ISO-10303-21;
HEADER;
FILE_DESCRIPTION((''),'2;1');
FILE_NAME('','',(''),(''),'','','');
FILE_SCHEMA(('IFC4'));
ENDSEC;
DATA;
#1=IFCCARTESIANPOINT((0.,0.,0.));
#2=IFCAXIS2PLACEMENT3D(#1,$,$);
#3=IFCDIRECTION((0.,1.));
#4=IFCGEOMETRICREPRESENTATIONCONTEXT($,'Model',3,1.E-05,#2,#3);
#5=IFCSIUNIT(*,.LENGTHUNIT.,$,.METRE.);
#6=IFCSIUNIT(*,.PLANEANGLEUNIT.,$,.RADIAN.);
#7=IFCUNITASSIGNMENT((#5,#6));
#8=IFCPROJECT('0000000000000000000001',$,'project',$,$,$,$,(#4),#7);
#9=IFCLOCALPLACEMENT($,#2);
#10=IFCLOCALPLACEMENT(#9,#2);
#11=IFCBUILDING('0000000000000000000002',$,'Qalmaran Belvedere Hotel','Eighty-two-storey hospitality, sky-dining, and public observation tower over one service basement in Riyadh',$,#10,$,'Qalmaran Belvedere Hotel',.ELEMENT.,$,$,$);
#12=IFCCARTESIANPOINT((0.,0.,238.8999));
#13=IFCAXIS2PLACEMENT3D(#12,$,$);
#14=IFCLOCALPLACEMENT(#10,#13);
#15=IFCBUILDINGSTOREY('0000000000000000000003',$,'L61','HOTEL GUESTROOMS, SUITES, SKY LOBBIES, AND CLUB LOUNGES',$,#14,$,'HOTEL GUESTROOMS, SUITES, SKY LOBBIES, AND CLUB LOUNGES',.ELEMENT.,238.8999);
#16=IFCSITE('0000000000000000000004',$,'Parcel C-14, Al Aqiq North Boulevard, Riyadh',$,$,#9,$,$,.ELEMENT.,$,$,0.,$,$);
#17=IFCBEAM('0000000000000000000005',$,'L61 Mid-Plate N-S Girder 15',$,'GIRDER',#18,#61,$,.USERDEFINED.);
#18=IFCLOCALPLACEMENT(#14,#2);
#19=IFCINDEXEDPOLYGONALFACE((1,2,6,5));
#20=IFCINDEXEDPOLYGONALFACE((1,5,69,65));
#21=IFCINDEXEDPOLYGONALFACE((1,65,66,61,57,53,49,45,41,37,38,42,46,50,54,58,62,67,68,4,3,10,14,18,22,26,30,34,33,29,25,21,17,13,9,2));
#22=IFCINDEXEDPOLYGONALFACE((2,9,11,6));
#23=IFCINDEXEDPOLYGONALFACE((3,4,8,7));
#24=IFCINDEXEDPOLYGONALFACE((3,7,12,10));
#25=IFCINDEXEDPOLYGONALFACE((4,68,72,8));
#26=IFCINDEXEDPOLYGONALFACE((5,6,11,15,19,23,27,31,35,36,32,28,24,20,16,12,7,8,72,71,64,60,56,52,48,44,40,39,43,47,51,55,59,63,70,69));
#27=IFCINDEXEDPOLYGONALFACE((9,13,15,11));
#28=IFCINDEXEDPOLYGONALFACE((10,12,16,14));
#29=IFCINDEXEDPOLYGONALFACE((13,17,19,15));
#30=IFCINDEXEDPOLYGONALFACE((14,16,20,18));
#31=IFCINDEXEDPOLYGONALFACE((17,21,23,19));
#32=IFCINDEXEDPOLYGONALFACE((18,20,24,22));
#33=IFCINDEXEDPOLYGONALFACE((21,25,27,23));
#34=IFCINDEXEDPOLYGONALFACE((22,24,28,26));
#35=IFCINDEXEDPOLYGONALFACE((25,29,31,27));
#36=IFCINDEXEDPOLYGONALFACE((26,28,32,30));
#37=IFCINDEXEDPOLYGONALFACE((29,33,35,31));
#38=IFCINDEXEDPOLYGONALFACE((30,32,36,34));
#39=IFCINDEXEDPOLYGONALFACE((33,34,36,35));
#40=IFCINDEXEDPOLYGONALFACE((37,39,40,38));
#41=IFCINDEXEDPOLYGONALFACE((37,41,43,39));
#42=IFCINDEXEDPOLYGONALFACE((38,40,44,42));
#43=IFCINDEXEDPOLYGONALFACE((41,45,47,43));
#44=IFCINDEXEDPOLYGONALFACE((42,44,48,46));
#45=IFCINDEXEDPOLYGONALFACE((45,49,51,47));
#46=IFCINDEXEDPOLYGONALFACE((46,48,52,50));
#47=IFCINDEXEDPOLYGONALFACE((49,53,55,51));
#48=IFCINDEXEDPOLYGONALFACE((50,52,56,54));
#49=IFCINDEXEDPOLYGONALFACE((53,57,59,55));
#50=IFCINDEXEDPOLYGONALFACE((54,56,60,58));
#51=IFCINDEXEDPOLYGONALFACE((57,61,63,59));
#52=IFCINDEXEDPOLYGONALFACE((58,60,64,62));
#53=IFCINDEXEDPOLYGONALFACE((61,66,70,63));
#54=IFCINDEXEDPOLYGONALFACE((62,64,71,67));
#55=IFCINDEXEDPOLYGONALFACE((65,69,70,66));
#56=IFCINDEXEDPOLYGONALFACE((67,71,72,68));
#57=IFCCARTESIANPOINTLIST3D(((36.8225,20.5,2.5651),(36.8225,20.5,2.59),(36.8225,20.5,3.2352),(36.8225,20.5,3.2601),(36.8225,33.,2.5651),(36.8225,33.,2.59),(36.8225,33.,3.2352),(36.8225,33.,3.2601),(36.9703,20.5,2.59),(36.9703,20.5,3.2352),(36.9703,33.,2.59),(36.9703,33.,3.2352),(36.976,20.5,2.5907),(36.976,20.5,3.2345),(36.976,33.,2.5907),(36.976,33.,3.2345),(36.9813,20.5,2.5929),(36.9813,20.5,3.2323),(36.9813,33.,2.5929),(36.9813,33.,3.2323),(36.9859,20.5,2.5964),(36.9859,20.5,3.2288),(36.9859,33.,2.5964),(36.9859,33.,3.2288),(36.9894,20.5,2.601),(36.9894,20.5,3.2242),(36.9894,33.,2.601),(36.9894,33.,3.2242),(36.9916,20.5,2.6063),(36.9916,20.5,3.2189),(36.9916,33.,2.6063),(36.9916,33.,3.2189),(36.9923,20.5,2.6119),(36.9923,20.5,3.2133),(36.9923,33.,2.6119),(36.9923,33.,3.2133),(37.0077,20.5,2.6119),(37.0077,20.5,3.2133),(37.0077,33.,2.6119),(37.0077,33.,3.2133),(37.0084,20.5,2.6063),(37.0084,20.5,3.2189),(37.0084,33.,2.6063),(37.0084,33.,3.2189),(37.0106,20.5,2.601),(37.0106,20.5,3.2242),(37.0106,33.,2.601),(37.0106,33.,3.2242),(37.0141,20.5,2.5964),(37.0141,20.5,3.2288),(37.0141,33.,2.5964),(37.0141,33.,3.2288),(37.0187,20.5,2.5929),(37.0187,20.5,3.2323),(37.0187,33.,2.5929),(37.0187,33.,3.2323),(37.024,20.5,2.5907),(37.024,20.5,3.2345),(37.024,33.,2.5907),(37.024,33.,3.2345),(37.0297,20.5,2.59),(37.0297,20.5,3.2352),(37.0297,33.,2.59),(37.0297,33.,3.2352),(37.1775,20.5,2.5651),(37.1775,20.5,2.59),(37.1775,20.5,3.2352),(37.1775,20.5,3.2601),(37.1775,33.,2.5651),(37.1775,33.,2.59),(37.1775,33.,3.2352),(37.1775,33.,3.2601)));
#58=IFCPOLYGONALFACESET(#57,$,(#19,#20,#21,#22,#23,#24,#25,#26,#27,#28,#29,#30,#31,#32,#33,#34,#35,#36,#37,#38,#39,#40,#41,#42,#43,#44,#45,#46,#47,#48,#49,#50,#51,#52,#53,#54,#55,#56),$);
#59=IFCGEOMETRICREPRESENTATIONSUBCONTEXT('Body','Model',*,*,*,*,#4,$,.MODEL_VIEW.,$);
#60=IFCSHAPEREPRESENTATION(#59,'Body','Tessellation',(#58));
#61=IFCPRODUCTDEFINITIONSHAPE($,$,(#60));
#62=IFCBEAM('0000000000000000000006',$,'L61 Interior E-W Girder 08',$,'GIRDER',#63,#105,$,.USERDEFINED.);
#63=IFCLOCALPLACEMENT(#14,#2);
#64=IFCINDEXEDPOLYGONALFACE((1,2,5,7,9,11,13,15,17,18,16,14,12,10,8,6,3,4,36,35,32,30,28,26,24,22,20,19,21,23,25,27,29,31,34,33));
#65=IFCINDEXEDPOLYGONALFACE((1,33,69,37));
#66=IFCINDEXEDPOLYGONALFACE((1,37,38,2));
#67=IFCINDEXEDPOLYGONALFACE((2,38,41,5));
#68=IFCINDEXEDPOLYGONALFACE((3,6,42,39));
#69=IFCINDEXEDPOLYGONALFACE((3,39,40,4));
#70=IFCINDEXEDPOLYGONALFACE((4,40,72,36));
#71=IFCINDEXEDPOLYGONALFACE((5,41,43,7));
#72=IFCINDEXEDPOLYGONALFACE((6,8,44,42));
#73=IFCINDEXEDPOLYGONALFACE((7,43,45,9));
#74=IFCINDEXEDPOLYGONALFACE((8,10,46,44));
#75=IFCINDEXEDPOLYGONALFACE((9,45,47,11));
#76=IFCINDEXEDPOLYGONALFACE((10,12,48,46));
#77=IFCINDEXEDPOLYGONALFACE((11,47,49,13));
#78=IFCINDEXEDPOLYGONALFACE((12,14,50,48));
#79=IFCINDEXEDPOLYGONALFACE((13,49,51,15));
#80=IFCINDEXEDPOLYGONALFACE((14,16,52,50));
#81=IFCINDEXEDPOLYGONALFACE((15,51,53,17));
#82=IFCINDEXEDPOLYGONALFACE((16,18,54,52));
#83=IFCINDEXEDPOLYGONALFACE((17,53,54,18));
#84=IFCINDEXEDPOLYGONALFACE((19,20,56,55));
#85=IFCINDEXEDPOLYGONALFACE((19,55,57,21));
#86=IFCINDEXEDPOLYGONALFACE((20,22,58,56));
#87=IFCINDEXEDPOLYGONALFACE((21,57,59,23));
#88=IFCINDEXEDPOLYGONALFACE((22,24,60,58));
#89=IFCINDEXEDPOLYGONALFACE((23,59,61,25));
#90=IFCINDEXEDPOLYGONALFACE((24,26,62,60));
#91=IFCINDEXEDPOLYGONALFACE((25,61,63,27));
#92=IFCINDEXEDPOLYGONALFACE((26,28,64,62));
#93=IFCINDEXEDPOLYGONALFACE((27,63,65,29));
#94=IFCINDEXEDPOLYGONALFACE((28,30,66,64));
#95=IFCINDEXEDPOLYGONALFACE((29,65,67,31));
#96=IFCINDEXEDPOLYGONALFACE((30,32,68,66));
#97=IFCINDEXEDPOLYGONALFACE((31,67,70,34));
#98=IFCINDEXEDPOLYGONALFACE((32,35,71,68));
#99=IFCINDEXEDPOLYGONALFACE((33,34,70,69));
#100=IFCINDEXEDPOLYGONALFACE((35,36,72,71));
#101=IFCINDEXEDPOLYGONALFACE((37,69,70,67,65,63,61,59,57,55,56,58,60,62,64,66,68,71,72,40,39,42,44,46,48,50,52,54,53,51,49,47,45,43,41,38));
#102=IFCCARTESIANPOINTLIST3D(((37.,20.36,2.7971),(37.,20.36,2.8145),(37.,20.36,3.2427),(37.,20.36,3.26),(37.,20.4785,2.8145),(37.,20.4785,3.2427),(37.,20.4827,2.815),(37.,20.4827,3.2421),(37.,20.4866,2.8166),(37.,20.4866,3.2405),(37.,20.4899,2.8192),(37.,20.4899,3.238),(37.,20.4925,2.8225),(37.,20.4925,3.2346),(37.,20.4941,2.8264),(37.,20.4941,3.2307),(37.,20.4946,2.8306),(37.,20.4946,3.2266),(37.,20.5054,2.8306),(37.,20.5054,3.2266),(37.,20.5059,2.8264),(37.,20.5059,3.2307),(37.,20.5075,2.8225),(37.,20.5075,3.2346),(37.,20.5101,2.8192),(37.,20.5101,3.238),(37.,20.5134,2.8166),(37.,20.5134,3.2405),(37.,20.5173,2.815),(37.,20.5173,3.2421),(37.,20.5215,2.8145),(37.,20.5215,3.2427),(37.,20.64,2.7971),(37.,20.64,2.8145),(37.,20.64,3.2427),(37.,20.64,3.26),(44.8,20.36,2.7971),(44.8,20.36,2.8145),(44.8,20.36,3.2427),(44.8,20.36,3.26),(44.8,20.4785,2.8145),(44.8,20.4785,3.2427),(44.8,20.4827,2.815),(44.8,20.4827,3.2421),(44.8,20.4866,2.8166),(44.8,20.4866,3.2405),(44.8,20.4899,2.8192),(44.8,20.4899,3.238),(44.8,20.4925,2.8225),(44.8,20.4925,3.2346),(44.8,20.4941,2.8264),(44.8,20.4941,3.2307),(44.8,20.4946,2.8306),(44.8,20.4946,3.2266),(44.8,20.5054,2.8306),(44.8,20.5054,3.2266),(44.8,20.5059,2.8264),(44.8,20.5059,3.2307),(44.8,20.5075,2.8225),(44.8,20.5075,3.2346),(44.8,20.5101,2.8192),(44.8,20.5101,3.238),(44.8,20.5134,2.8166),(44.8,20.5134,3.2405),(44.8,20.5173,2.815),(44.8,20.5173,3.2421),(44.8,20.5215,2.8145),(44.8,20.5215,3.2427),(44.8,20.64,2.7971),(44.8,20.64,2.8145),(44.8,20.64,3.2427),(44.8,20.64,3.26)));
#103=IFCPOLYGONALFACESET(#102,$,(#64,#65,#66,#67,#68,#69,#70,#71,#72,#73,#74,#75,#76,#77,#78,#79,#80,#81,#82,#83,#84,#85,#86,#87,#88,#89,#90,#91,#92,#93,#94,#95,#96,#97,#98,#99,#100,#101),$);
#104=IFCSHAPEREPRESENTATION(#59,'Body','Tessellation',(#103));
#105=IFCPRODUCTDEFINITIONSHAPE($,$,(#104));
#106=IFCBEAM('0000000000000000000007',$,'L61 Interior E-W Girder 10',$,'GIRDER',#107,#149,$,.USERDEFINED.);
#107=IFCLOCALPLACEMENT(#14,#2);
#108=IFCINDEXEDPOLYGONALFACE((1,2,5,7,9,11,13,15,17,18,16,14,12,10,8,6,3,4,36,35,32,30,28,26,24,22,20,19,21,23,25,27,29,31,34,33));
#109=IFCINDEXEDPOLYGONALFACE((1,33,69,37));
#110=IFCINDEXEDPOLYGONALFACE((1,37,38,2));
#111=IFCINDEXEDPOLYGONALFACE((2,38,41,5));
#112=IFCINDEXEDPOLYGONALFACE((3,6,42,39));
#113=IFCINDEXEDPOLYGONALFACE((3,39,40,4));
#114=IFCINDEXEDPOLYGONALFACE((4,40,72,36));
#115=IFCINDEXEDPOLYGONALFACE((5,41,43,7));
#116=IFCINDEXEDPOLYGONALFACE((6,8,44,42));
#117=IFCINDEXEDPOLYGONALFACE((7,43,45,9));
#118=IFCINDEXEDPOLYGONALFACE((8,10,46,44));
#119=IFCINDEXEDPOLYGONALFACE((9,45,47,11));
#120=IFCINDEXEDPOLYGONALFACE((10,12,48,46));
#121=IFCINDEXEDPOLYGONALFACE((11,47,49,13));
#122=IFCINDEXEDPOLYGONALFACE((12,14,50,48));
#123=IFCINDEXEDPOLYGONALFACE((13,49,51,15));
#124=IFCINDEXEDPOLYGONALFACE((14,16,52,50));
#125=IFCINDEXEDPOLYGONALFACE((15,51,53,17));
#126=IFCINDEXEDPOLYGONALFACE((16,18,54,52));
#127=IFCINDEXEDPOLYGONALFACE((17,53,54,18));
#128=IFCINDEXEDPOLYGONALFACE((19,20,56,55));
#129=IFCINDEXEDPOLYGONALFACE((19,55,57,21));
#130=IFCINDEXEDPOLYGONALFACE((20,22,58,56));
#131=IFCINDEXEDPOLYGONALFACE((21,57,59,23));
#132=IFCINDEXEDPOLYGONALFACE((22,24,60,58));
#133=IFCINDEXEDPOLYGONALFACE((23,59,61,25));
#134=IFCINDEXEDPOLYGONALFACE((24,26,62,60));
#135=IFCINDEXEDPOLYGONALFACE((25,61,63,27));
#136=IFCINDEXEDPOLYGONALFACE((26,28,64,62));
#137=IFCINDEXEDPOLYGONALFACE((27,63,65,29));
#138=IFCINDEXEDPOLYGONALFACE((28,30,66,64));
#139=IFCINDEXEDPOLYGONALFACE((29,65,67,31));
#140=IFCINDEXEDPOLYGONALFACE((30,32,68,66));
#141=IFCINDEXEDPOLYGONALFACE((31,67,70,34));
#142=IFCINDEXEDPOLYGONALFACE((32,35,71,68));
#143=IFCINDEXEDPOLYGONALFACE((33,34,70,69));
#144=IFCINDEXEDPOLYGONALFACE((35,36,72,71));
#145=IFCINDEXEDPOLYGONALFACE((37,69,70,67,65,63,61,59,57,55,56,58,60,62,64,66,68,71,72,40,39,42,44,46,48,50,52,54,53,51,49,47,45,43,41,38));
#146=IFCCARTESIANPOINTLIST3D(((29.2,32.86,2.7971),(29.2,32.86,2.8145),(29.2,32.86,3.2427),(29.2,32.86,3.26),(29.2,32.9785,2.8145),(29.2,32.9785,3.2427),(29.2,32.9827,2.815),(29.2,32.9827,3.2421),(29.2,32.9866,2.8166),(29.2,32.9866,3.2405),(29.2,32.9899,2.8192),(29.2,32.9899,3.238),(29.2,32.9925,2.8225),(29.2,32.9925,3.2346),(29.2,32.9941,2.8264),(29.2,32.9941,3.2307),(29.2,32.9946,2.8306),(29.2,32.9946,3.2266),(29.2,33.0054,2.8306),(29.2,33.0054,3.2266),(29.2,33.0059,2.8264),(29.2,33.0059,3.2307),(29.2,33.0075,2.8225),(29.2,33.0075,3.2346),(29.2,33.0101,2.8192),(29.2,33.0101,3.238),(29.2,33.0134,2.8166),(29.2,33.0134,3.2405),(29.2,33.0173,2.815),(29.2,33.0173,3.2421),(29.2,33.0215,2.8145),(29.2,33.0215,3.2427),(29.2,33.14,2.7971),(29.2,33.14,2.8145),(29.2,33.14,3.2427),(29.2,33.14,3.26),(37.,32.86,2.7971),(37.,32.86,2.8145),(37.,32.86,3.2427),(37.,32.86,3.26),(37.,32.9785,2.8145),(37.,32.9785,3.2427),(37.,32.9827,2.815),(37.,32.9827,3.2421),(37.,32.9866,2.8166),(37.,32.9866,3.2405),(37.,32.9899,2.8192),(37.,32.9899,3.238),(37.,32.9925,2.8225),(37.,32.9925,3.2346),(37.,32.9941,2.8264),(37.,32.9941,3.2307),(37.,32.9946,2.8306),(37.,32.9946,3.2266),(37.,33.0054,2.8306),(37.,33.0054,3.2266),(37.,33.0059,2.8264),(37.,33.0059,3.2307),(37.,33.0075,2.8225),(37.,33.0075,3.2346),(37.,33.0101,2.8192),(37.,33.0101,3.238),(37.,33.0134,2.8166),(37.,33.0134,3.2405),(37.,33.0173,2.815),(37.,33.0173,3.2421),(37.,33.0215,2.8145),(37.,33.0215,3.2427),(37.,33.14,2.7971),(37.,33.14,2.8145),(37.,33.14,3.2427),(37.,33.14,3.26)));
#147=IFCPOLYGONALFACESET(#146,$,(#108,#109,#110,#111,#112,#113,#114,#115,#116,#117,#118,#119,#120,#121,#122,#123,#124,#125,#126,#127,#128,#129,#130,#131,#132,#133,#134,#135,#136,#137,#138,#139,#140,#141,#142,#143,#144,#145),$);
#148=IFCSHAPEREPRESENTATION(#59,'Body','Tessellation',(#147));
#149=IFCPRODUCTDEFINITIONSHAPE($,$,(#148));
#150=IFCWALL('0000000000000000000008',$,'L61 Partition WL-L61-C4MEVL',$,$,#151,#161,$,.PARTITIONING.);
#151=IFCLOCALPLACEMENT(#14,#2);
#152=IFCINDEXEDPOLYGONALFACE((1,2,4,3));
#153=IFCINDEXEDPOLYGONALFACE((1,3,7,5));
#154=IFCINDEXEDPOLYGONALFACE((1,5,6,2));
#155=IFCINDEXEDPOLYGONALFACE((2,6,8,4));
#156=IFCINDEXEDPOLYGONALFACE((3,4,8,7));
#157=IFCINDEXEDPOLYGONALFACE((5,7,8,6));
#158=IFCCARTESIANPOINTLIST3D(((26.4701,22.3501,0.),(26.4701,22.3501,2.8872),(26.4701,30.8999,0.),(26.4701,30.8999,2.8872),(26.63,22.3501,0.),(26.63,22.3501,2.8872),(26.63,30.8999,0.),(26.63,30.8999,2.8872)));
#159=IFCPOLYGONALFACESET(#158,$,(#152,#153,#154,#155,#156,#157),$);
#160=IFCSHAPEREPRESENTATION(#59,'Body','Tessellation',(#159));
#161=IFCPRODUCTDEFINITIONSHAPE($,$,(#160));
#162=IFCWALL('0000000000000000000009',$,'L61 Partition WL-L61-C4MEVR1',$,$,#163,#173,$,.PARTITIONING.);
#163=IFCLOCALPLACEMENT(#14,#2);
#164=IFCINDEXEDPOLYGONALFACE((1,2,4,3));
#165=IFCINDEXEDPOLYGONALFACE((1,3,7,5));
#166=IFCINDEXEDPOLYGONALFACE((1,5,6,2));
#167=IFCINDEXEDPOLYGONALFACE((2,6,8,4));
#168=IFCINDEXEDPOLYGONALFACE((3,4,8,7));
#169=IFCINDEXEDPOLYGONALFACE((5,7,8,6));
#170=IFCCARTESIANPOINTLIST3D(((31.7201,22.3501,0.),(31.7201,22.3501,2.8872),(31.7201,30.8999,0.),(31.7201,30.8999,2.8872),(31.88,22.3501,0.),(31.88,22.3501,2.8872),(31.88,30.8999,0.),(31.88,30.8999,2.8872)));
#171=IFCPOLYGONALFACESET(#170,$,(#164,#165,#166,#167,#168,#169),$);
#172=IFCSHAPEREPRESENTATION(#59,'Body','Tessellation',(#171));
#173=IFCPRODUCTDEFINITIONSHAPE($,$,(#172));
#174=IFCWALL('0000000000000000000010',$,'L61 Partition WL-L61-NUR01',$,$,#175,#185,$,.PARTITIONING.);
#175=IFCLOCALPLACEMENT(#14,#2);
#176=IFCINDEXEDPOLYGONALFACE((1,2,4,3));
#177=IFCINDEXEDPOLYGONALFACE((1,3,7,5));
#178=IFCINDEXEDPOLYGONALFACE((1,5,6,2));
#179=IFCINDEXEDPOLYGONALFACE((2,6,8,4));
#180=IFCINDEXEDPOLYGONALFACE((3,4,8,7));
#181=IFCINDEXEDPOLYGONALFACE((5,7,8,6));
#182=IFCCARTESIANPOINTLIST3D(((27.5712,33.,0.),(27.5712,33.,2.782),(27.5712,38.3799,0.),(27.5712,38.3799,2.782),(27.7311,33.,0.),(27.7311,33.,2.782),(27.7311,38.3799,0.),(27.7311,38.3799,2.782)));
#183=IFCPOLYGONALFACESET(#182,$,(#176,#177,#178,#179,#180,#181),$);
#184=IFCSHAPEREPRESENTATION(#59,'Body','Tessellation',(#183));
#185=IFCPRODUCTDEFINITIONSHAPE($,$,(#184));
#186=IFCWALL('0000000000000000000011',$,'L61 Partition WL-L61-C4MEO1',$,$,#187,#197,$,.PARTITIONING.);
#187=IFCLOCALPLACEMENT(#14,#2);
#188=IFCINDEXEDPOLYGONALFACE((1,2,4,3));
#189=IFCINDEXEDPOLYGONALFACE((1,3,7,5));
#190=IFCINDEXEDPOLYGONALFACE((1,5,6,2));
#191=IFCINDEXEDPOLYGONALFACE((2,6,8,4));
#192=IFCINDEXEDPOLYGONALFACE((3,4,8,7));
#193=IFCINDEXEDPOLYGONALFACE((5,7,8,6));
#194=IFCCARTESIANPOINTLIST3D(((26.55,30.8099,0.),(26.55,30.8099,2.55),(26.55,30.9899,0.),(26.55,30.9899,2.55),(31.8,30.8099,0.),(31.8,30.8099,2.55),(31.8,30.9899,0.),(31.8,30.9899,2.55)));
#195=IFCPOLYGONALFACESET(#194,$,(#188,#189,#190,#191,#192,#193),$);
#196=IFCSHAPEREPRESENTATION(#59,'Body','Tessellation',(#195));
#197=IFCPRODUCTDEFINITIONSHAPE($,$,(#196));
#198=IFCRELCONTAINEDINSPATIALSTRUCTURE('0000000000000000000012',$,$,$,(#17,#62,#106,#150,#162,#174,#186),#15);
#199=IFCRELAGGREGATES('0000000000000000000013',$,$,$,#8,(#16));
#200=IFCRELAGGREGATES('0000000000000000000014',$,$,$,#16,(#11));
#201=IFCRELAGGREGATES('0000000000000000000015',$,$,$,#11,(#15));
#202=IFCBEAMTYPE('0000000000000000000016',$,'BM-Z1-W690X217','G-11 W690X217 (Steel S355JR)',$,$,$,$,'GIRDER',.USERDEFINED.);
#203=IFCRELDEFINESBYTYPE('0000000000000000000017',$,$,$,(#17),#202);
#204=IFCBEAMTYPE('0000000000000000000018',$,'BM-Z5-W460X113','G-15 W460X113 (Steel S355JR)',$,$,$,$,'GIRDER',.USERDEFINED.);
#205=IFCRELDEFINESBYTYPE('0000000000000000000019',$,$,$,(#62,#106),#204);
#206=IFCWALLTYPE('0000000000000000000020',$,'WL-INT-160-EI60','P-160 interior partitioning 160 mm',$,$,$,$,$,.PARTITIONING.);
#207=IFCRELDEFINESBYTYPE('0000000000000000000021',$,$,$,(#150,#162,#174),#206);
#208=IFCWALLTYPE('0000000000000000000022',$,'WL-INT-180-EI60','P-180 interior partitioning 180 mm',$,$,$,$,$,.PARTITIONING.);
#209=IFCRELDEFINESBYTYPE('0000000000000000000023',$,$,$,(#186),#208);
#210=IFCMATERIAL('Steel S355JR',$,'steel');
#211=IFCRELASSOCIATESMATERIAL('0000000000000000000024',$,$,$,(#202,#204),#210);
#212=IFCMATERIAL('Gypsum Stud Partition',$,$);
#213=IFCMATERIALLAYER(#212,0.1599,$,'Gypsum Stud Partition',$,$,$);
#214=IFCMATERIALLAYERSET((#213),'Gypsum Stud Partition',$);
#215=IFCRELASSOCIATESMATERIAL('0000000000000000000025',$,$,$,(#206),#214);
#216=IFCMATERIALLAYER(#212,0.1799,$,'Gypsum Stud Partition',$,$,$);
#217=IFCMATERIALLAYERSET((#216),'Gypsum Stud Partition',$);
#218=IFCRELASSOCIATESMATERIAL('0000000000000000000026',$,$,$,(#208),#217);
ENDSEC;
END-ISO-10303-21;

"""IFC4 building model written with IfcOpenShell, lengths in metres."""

from ifc_helpers import new_model, si_unit, direction, frame, frame_2d, origin, origin_2d, place, context, subcontext, project, spatial, rectangle, i_section, extrude, material, layer, layer_set, material_profile, profile_set, type_object, element, save


model = new_model("IFC4")

# Units and contexts
model_context = context("Model", 3, precision=1e-05, world=origin(), true_north=direction((0.0, 1.0)))
body_context = subcontext(model_context, "Body", "Model", "MODEL_VIEW")
ifc_project = project(units=[si_unit("LENGTHUNIT", "METRE"), si_unit("PLANEANGLEUNIT", "RADIAN")], contexts=[model_context])

# Site, building, storey
site_placement = place(None, origin())
site = spatial("IfcSite", under=ifc_project, at=site_placement, Name="Parcel C-14, Al Aqiq North Boulevard, Riyadh", CompositionType="ELEMENT", RefElevation=0.0)
building_placement = place(site_placement, origin())
building = spatial("IfcBuilding", under=site, at=building_placement, Name="Qalmaran Belvedere Hotel", Description="Eighty-two-storey hospitality, sky-dining, and public observation tower over one service basement in Riyadh", LongName="Qalmaran Belvedere Hotel", CompositionType="ELEMENT")
storey_placement = place(building_placement, frame((0.0, 0.0, 238.8999)))
storey = spatial("IfcBuildingStorey", under=building, at=storey_placement, Name="L61", Description="HOTEL GUESTROOMS, SUITES, SKY LOBBIES, AND CLUB LOUNGES", LongName="HOTEL GUESTROOMS, SUITES, SKY LOBBIES, AND CLUB LOUNGES", CompositionType="ELEMENT", Elevation=238.8999)

# Beams
ifc_material_1 = material(Name="Steel S355JR", Category="steel")
ifc_material_profile_1 = material_profile(ifc_material_1, i_section(OverallWidth=0.355, OverallDepth=0.6951, WebThickness=0.0154, FlangeThickness=0.0249, FilletRadius=0.022, at=origin_2d()), Name="W690X217")
ifc_profile_set_1 = profile_set([ifc_material_profile_1], Name="Steel S355JR")
beam_type_1 = type_object("IfcBeamType", Name="BM-Z1-W690X217", Description="G-11 W690X217 (Steel S355JR)", ElementType="GIRDER", PredefinedType="USERDEFINED", material=ifc_profile_set_1)
beam_1_placement = place(storey_placement, frame((37.0, 20.5, 2.9126), z_axis=(0.0, 1.0, 0.0), x_axis=(-1.0, 0.0, 0.0)))
element("IfcBeam", 1, at=beam_1_placement, inside=storey, type_object=beam_type_1, Name="L61 Mid-Plate N-S Girder 15", ObjectType="GIRDER", PredefinedType="USERDEFINED", context=body_context, shape_type="SweptSolid", body=[
    extrude(i_section(OverallWidth=0.355, OverallDepth=0.6951, WebThickness=0.0154, FlangeThickness=0.0249, FilletRadius=0.022, at=origin_2d()), origin(), (0.0, 0.0, 1.0), 12.5),
])
ifc_material_profile_2 = material_profile(ifc_material_1, i_section(OverallWidth=0.28, OverallDepth=0.4629, WebThickness=0.0107, FlangeThickness=0.0173, FilletRadius=0.0161, at=origin_2d()), Name="W460X113")
ifc_profile_set_2 = profile_set([ifc_material_profile_2], Name="Steel S355JR")
beam_type_2 = type_object("IfcBeamType", Name="BM-Z5-W460X113", Description="G-15 W460X113 (Steel S355JR)", ElementType="GIRDER", PredefinedType="USERDEFINED", material=ifc_profile_set_2)
for number, where, z_axis, x_axis, name in (
    (2, (37.0, 20.5, 3.0286), (1.0, 0.0, 0.0), (0.0, 1.0, 0.0), "L61 Interior E-W Girder 08"),
    (3, (29.2, 33.0, 3.0286), (1.0, 0.0, 0.0), (0.0, 1.0, 0.0), "L61 Interior E-W Girder 10"),
):
    element("IfcBeam", number, at=place(storey_placement, frame(where, z_axis=z_axis, x_axis=x_axis)), inside=storey, type_object=beam_type_2, Name=name, ObjectType="GIRDER", PredefinedType="USERDEFINED", context=body_context, shape_type="SweptSolid", body=[
        extrude(i_section(OverallWidth=0.28, OverallDepth=0.4629, WebThickness=0.0107, FlangeThickness=0.0173, FilletRadius=0.0161, at=origin_2d()), origin(), (0.0, 0.0, 1.0), 7.8),
    ])

# Walls
ifc_material_2 = material(Name="Gypsum Stud Partition")
ifc_layer_1 = layer(ifc_material_2, 0.1599, Name="Gypsum Stud Partition")
ifc_layer_set_1 = layer_set([ifc_layer_1], Name="Gypsum Stud Partition")
wall_type_1 = type_object("IfcWallType", Name="WL-INT-160-EI60", Description="P-160 interior partitioning 160 mm", PredefinedType="PARTITIONING", material=ifc_layer_set_1)
for number, where, z_axis, x_axis, name in (
    (4, (26.55, 22.3501, 0.0), (0.0, 0.0, 1.0), (0.0, 1.0, 0.0), "L61 Partition WL-L61-C4MEVL"),
    (5, (31.8, 22.3501, 0.0), (0.0, 0.0, 1.0), (0.0, 1.0, 0.0), "L61 Partition WL-L61-C4MEVR1"),
):
    element("IfcWall", number, at=place(storey_placement, frame(where, z_axis=z_axis, x_axis=x_axis)), inside=storey, type_object=wall_type_1, Name=name, PredefinedType="PARTITIONING", context=body_context, shape_type="SweptSolid", body=[
        extrude(rectangle(XDim=8.5498, YDim=0.1599, at=frame_2d((4.2749, 0.0))), origin(), (0.0, 0.0, 1.0), 2.8872),
    ])
wall_1_placement = place(storey_placement, frame((27.6511, 33.0, 0.0), z_axis=(0.0, 0.0, 1.0), x_axis=(0.0, 1.0, 0.0)))
element("IfcWall", 6, at=wall_1_placement, inside=storey, type_object=wall_type_1, Name="L61 Partition WL-L61-NUR01", PredefinedType="PARTITIONING", context=body_context, shape_type="SweptSolid", body=[
    extrude(rectangle(XDim=5.3799, YDim=0.1599, at=frame_2d((2.6899, 0.0))), origin(), (0.0, 0.0, 1.0), 2.782),
])

# Shared definitions
ifc_layer_2 = layer(ifc_material_2, 0.1799, Name="Gypsum Stud Partition")
ifc_layer_set_2 = layer_set([ifc_layer_2], Name="Gypsum Stud Partition")
wall_type_2 = type_object("IfcWallType", Name="WL-INT-180-EI60", Description="P-180 interior partitioning 180 mm", PredefinedType="PARTITIONING", material=ifc_layer_set_2)

# Wall
wall_2_placement = place(storey_placement, frame((26.55, 30.8999, 0.0), z_axis=(0.0, 0.0, 1.0), x_axis=(1.0, 0.0, 0.0)))
element("IfcWall", 7, at=wall_2_placement, inside=storey, type_object=wall_type_2, Name="L61 Partition WL-L61-C4MEO1", PredefinedType="PARTITIONING", context=body_context, shape_type="SweptSolid", body=[
    extrude(rectangle(XDim=5.25, YDim=0.1799, at=frame_2d((2.625, 0.0))), origin(), (0.0, 0.0, 1.0), 2.55),
])

save(model, "model.ifc")
